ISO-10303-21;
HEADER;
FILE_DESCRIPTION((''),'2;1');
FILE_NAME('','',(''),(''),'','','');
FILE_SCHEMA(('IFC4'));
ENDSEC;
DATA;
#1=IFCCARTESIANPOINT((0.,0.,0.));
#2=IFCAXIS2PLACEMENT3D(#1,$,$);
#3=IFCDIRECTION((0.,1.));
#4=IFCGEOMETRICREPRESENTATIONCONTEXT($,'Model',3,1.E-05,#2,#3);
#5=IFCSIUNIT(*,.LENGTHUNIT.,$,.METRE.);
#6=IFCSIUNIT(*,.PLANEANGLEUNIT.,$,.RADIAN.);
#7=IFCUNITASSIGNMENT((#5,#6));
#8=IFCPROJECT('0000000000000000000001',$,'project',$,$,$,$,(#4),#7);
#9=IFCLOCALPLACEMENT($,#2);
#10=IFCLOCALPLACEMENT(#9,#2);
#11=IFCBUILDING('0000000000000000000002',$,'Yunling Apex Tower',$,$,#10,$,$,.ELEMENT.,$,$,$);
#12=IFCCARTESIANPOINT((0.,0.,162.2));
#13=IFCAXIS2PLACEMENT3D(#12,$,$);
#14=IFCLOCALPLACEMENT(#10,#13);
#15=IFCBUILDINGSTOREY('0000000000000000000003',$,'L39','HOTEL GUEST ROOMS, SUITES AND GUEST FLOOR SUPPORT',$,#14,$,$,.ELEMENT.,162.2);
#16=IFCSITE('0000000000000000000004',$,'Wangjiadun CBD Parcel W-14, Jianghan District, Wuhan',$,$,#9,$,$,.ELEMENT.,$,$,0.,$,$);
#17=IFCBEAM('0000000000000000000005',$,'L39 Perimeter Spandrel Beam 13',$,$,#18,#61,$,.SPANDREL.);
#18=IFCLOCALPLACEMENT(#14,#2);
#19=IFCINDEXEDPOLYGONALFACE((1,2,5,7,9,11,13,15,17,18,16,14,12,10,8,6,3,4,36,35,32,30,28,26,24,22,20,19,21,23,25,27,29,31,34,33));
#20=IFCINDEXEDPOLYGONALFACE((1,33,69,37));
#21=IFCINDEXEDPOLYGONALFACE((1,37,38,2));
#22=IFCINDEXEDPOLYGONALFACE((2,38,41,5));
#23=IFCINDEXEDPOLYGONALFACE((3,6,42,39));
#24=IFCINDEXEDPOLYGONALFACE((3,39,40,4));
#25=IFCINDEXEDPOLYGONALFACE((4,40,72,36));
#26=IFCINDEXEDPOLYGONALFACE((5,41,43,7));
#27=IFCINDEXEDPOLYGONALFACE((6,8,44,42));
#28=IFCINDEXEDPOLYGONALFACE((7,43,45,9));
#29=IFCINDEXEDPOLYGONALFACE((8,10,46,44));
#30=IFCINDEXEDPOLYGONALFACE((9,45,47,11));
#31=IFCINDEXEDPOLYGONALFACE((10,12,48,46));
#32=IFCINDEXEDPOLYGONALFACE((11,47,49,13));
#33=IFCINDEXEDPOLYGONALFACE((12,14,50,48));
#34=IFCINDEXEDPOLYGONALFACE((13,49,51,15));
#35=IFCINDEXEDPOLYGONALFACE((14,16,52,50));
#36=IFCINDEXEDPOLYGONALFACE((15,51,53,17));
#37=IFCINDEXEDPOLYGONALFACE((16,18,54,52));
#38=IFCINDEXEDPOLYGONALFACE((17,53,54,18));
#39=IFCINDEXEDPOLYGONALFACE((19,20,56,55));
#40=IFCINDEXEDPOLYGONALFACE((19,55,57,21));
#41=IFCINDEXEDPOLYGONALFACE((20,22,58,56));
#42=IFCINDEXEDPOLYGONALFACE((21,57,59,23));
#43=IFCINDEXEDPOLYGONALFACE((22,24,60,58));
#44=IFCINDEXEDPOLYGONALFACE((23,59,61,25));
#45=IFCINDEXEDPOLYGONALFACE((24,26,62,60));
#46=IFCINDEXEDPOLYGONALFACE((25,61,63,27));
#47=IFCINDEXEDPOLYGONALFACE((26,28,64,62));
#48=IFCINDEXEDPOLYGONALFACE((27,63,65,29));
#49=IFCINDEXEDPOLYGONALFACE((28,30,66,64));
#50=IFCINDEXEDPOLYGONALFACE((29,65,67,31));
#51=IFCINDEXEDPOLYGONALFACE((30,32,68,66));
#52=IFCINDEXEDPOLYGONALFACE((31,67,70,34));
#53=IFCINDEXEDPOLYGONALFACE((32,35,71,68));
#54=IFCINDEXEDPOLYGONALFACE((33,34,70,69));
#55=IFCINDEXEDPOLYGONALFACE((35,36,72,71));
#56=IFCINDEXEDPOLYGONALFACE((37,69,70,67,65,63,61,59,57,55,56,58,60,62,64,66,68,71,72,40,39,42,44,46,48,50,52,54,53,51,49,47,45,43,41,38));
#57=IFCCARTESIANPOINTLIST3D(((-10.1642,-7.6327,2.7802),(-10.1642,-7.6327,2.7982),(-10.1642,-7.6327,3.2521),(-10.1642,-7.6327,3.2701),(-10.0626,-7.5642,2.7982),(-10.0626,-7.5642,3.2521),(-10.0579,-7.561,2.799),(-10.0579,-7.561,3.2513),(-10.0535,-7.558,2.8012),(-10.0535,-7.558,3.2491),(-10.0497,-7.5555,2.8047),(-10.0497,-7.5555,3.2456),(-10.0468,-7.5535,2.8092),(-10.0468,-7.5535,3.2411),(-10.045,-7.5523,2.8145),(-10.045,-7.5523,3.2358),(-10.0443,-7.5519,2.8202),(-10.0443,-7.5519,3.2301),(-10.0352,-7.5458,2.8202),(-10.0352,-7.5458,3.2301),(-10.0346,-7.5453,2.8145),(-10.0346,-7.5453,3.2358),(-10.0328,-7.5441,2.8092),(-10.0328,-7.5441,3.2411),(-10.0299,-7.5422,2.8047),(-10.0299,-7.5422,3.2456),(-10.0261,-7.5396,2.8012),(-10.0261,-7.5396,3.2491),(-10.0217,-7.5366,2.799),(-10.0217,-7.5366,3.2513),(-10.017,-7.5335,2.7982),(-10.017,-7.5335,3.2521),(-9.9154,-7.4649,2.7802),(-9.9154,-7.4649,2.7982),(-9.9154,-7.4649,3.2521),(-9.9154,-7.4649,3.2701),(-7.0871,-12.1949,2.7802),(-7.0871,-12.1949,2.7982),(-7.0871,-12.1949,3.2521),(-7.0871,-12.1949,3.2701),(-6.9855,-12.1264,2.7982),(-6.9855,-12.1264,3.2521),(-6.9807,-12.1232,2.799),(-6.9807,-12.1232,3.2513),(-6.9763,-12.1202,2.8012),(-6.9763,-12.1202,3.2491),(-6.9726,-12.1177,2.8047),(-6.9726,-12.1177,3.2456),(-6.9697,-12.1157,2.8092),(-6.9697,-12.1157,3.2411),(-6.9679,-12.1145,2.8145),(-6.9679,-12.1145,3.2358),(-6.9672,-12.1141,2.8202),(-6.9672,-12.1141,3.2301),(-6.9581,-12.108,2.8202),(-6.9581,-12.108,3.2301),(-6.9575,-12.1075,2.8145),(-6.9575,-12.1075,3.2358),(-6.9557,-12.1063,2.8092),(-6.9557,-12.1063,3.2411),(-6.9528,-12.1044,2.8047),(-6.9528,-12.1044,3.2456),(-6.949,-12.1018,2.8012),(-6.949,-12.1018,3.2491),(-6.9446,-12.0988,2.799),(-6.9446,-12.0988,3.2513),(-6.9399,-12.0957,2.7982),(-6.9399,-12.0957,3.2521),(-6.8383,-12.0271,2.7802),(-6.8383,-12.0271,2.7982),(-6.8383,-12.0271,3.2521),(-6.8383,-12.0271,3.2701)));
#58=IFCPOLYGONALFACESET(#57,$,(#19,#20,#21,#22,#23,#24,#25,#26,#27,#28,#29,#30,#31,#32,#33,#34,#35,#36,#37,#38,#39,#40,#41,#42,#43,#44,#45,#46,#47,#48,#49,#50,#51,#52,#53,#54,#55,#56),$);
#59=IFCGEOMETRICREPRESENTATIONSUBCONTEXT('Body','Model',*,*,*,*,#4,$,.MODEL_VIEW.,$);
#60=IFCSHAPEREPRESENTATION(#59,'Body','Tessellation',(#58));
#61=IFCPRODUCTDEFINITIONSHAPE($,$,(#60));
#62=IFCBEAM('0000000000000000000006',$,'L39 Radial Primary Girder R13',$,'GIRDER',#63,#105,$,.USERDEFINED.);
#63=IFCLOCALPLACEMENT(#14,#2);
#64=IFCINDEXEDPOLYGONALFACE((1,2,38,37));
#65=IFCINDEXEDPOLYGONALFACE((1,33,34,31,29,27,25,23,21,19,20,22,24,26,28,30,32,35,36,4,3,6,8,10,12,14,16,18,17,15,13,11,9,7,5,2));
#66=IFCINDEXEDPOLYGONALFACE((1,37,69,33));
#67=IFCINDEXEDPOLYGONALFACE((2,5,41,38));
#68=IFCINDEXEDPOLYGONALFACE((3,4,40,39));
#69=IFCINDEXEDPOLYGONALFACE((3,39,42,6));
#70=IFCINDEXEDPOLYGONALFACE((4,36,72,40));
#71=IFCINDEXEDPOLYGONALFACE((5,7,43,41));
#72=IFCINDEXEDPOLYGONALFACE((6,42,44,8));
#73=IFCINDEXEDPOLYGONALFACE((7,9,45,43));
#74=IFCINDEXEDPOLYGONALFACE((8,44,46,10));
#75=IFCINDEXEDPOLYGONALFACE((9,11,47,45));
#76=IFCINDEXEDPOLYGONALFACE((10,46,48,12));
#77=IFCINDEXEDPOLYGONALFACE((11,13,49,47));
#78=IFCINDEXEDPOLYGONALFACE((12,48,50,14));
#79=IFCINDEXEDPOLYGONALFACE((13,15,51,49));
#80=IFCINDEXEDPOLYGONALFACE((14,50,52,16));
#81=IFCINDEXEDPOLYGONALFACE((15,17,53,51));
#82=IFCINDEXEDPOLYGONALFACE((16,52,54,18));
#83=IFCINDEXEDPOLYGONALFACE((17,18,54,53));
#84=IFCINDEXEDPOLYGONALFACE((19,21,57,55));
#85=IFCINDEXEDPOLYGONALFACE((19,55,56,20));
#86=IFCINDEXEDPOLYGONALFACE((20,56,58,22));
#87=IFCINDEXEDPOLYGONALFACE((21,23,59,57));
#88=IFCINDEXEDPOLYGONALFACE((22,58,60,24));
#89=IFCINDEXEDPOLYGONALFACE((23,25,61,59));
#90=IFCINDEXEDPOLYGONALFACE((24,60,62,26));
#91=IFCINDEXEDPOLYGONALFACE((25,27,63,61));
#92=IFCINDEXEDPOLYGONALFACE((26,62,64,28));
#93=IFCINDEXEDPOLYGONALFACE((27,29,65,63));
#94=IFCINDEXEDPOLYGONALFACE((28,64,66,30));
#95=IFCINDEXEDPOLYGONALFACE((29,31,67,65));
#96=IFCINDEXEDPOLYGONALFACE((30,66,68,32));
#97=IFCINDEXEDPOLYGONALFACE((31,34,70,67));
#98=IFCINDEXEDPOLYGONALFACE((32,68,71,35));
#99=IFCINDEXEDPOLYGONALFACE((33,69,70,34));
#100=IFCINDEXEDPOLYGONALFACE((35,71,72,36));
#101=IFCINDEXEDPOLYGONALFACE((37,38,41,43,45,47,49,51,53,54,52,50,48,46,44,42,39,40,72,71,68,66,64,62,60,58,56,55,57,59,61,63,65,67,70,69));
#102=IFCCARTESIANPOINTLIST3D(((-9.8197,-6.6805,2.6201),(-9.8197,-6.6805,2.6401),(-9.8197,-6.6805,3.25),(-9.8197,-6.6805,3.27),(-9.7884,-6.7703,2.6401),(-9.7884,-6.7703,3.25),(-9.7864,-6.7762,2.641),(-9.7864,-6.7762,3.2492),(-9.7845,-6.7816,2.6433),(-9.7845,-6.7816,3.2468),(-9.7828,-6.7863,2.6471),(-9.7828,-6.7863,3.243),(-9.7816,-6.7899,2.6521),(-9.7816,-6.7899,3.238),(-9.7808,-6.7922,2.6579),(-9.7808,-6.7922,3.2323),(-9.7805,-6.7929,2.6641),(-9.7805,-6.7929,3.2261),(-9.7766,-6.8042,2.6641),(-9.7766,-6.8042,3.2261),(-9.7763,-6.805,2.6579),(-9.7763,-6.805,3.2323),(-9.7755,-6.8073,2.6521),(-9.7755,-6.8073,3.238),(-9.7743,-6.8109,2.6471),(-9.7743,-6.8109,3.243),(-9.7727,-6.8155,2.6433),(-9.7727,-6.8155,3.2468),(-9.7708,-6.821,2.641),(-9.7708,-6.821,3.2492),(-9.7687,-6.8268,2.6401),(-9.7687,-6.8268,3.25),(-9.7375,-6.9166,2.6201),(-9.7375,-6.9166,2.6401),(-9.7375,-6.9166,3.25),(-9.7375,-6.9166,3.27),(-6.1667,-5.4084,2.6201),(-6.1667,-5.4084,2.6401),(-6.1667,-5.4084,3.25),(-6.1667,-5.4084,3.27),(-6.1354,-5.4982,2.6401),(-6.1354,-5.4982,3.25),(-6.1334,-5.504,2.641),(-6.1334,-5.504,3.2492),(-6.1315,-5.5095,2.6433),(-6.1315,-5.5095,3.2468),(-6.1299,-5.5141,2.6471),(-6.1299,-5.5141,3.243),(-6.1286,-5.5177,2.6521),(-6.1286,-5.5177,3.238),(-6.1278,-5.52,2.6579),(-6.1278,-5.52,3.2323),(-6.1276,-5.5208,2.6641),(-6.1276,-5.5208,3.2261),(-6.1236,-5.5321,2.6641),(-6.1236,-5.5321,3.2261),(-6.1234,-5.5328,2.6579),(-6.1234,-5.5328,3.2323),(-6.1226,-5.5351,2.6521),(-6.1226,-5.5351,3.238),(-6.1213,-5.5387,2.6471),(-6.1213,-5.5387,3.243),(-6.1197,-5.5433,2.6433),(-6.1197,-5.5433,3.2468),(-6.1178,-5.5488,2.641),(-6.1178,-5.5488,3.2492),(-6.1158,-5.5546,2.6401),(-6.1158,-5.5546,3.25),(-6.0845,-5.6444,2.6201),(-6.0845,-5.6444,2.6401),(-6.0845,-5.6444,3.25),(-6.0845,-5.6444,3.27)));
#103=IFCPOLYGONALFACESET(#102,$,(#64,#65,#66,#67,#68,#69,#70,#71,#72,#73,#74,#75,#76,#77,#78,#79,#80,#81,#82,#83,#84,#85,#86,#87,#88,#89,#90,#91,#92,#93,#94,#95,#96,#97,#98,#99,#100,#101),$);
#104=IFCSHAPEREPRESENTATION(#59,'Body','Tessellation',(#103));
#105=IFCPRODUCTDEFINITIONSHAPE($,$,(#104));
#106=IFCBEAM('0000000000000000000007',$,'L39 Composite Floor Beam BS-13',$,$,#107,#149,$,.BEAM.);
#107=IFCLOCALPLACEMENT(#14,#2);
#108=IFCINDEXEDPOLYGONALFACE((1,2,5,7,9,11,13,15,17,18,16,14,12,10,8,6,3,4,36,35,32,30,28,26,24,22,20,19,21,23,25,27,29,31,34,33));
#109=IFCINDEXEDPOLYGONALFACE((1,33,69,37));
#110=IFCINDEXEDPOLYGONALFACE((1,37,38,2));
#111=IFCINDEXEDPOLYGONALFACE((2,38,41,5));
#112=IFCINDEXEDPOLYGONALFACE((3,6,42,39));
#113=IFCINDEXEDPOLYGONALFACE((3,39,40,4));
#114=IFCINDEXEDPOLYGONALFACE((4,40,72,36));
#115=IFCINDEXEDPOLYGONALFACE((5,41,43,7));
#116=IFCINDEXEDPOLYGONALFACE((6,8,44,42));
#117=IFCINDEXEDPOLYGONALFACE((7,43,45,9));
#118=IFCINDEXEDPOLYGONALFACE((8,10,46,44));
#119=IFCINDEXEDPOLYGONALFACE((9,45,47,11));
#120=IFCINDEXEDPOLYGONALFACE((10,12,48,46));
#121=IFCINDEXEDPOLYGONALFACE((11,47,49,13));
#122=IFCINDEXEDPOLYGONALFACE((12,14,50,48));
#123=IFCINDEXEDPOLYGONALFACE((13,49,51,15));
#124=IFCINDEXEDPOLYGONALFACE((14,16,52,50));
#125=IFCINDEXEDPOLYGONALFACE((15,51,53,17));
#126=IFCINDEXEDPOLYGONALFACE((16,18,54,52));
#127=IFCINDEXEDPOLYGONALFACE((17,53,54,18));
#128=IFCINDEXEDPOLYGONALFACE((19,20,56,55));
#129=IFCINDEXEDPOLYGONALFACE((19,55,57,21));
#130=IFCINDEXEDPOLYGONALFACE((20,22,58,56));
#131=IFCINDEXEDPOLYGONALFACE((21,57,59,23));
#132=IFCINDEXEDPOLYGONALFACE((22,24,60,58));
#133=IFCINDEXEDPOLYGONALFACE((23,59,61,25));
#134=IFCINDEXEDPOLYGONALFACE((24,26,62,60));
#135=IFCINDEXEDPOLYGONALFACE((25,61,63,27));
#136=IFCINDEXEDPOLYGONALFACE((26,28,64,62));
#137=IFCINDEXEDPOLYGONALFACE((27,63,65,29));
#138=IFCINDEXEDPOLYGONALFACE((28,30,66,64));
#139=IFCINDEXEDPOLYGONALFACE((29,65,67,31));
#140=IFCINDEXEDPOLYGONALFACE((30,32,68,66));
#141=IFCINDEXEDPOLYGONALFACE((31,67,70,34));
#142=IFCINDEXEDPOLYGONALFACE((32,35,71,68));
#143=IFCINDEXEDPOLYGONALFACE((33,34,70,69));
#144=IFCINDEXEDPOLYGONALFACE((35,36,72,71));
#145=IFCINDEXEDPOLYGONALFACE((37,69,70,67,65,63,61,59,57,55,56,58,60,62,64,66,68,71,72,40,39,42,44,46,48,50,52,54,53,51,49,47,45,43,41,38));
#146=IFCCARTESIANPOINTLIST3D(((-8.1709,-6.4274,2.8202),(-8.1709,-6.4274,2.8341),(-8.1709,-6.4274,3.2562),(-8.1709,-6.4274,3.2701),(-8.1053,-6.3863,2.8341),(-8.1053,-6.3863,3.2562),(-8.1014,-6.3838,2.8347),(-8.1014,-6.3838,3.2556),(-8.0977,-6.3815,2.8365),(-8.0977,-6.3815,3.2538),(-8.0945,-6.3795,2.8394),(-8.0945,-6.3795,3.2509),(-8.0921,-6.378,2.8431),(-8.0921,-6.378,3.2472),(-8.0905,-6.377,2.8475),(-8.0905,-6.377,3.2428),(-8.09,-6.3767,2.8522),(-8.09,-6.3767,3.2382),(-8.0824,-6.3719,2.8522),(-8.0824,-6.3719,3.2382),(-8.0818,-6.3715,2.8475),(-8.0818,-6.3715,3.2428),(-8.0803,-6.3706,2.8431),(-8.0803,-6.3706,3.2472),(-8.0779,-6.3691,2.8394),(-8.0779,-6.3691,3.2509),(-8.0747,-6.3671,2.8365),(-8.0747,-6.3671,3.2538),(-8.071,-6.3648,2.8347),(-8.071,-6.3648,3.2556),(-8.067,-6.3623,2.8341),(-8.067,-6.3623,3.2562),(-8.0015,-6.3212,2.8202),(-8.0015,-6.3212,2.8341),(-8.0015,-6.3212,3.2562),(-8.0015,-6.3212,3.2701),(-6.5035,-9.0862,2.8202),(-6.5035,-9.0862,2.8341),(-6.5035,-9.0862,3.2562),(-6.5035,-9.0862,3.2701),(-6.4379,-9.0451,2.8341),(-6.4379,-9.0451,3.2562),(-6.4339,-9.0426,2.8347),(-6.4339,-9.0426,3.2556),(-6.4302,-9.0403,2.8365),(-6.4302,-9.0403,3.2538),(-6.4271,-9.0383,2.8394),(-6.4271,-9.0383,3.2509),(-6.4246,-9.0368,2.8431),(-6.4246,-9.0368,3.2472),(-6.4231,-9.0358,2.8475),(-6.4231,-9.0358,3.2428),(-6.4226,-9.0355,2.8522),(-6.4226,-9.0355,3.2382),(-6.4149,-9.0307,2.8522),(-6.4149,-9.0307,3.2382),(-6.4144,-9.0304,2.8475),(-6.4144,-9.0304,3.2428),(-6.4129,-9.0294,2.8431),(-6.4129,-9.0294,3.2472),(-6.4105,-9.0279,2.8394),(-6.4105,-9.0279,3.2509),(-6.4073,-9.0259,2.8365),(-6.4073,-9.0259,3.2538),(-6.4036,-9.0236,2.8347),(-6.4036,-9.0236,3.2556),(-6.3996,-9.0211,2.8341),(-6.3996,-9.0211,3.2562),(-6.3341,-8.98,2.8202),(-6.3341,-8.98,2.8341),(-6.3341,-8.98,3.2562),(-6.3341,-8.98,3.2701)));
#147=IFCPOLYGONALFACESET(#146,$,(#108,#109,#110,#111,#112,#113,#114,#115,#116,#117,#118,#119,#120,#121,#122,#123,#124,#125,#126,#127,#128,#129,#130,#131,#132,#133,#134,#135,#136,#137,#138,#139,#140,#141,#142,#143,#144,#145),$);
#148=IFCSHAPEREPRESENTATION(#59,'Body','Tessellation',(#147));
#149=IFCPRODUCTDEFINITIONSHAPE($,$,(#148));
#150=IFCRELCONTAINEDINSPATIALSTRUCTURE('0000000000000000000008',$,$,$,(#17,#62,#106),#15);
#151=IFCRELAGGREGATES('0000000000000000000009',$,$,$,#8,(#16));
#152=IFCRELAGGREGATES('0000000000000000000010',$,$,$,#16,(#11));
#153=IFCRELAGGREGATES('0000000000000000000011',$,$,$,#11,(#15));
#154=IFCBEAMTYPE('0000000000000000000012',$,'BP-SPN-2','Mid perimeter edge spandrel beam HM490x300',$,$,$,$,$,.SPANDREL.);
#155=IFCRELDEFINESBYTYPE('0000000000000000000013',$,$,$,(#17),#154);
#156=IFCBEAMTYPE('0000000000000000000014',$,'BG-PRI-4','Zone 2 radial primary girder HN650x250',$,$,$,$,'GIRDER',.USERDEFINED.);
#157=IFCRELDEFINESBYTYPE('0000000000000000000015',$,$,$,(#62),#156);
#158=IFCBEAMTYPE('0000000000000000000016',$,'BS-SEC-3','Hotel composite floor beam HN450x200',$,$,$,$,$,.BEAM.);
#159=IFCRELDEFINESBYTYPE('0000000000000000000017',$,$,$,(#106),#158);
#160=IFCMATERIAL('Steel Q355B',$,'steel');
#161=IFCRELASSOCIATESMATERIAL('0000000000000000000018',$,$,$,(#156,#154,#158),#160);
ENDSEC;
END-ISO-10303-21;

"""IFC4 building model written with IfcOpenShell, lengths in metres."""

from ifc_helpers import new_model, si_unit, direction, frame, origin, origin_2d, place, context, subcontext, project, spatial, i_section, extrude, source, transform, mapped, material, material_profile, profile_set, type_object, element, save


model = new_model("IFC4")

# Units and contexts
model_context = context("Model", 3, precision=1e-05, world=origin(), true_north=direction((0.0, 1.0)))
body_context = subcontext(model_context, "Body", "Model", "MODEL_VIEW")
ifc_project = project(units=[si_unit("LENGTHUNIT", "METRE"), si_unit("PLANEANGLEUNIT", "RADIAN")], contexts=[model_context])

# Site, building, storey
site_placement = place(None, origin())
site = spatial("IfcSite", under=ifc_project, at=site_placement, Name="Wangjiadun CBD Parcel W-14, Jianghan District, Wuhan", CompositionType="ELEMENT", RefElevation=0.0)
building_placement = place(site_placement, origin())
building = spatial("IfcBuilding", under=site, at=building_placement, Name="Yunling Apex Tower", CompositionType="ELEMENT")
storey_placement = place(building_placement, frame((0.0, 0.0, 162.2)))
storey = spatial("IfcBuildingStorey", under=building, at=storey_placement, Name="L39", Description="HOTEL GUEST ROOMS, SUITES AND GUEST FLOOR SUPPORT", CompositionType="ELEMENT", Elevation=162.2)

# Beams
ifc_material_1 = material(Name="Steel Q355B", Category="steel")
ifc_material_profile_1 = material_profile(ifc_material_1, i_section(OverallWidth=0.25, OverallDepth=0.6499, WebThickness=0.012, FlangeThickness=0.02, FilletRadius=0.0239, at=origin_2d()))
ifc_profile_set_1 = profile_set([ifc_material_profile_1], Name="Steel Q355B")
beam_type_1 = type_object("IfcBeamType", Name="BG-PRI-4", Description="Zone 2 radial primary girder HN650x250", ElementType="GIRDER", PredefinedType="USERDEFINED", material=ifc_profile_set_1)
ifc_material_profile_2 = material_profile(ifc_material_1, i_section(OverallWidth=0.3, OverallDepth=0.49, WebThickness=0.011, FlangeThickness=0.0181, FilletRadius=0.022, at=origin_2d()))
ifc_profile_set_2 = profile_set([ifc_material_profile_2], Name="Steel Q355B")
beam_type_2 = type_object("IfcBeamType", Name="BP-SPN-2", Description="Mid perimeter edge spandrel beam HM490x300", PredefinedType="SPANDREL", material=ifc_profile_set_2)
shared_shape_1 = source(origin(), body_context, "Body", "SweptSolid", [
    extrude(i_section(OverallWidth=0.3, OverallDepth=0.49, WebThickness=0.011, FlangeThickness=0.0181, FilletRadius=0.022, at=origin_2d()), origin(), (0.0, 0.0, 1.0), 5.5029),
])
beam_1_placement = place(storey_placement, frame((-10.0398, -7.5488, 3.0251), z_axis=(0.559176, -0.829049, 0.0), x_axis=(0.829049, 0.559176, 0.0)))
element("IfcBeam", 1, at=beam_1_placement, inside=storey, type_object=beam_type_2, Name="L39 Perimeter Spandrel Beam 13", PredefinedType="SPANDREL", context=body_context, shape_type="MappedRepresentation", body=[
    mapped(shared_shape_1, transform((0.0, 0.0, 0.0), scale=1.0)),
])
shared_shape_2 = source(origin(), body_context, "Body", "SweptSolid", [
    extrude(i_section(OverallWidth=0.25, OverallDepth=0.6499, WebThickness=0.012, FlangeThickness=0.02, FilletRadius=0.0239, at=origin_2d()), origin(), (0.0, 0.0, 1.0), 3.8682),
])
beam_2_placement = place(storey_placement, frame((-9.7786, -6.7986, 2.9451), z_axis=(0.94437, 0.328885, 0.0), x_axis=(-0.328885, 0.94437, 0.0)))
element("IfcBeam", 2, at=beam_2_placement, inside=storey, type_object=beam_type_1, Name="L39 Radial Primary Girder R13", ObjectType="GIRDER", PredefinedType="USERDEFINED", context=body_context, shape_type="MappedRepresentation", body=[
    mapped(shared_shape_2, transform((0.0, 0.0, 0.0), scale=1.0)),
])
ifc_material_profile_3 = material_profile(ifc_material_1, i_section(OverallWidth=0.2, OverallDepth=0.45, WebThickness=0.009, FlangeThickness=0.0139, FilletRadius=0.0181, at=origin_2d()))
ifc_profile_set_3 = profile_set([ifc_material_profile_3], Name="Steel Q355B")
beam_type_3 = type_object("IfcBeamType", Name="BS-SEC-3", Description="Hotel composite floor beam HN450x200", PredefinedType="BEAM", material=ifc_profile_set_3)
shared_shape_3 = source(origin(), body_context, "Body", "SweptSolid", [
    extrude(i_section(OverallWidth=0.2, OverallDepth=0.45, WebThickness=0.009, FlangeThickness=0.0139, FilletRadius=0.0181, at=origin_2d()), origin(), (0.0, 0.0, 1.0), 3.1384),
])
beam_3_placement = place(storey_placement, frame((-8.0862, -6.3743, 3.0452), z_axis=(0.531292, -0.847189, 0.0), x_axis=(0.847189, 0.531292, 0.0)))
element("IfcBeam", 3, at=beam_3_placement, inside=storey, type_object=beam_type_3, Name="L39 Composite Floor Beam BS-13", PredefinedType="BEAM", context=body_context, shape_type="MappedRepresentation", body=[
    mapped(shared_shape_3, transform((0.0, 0.0, 0.0), scale=1.0)),
])

save(model, "model.ifc")
